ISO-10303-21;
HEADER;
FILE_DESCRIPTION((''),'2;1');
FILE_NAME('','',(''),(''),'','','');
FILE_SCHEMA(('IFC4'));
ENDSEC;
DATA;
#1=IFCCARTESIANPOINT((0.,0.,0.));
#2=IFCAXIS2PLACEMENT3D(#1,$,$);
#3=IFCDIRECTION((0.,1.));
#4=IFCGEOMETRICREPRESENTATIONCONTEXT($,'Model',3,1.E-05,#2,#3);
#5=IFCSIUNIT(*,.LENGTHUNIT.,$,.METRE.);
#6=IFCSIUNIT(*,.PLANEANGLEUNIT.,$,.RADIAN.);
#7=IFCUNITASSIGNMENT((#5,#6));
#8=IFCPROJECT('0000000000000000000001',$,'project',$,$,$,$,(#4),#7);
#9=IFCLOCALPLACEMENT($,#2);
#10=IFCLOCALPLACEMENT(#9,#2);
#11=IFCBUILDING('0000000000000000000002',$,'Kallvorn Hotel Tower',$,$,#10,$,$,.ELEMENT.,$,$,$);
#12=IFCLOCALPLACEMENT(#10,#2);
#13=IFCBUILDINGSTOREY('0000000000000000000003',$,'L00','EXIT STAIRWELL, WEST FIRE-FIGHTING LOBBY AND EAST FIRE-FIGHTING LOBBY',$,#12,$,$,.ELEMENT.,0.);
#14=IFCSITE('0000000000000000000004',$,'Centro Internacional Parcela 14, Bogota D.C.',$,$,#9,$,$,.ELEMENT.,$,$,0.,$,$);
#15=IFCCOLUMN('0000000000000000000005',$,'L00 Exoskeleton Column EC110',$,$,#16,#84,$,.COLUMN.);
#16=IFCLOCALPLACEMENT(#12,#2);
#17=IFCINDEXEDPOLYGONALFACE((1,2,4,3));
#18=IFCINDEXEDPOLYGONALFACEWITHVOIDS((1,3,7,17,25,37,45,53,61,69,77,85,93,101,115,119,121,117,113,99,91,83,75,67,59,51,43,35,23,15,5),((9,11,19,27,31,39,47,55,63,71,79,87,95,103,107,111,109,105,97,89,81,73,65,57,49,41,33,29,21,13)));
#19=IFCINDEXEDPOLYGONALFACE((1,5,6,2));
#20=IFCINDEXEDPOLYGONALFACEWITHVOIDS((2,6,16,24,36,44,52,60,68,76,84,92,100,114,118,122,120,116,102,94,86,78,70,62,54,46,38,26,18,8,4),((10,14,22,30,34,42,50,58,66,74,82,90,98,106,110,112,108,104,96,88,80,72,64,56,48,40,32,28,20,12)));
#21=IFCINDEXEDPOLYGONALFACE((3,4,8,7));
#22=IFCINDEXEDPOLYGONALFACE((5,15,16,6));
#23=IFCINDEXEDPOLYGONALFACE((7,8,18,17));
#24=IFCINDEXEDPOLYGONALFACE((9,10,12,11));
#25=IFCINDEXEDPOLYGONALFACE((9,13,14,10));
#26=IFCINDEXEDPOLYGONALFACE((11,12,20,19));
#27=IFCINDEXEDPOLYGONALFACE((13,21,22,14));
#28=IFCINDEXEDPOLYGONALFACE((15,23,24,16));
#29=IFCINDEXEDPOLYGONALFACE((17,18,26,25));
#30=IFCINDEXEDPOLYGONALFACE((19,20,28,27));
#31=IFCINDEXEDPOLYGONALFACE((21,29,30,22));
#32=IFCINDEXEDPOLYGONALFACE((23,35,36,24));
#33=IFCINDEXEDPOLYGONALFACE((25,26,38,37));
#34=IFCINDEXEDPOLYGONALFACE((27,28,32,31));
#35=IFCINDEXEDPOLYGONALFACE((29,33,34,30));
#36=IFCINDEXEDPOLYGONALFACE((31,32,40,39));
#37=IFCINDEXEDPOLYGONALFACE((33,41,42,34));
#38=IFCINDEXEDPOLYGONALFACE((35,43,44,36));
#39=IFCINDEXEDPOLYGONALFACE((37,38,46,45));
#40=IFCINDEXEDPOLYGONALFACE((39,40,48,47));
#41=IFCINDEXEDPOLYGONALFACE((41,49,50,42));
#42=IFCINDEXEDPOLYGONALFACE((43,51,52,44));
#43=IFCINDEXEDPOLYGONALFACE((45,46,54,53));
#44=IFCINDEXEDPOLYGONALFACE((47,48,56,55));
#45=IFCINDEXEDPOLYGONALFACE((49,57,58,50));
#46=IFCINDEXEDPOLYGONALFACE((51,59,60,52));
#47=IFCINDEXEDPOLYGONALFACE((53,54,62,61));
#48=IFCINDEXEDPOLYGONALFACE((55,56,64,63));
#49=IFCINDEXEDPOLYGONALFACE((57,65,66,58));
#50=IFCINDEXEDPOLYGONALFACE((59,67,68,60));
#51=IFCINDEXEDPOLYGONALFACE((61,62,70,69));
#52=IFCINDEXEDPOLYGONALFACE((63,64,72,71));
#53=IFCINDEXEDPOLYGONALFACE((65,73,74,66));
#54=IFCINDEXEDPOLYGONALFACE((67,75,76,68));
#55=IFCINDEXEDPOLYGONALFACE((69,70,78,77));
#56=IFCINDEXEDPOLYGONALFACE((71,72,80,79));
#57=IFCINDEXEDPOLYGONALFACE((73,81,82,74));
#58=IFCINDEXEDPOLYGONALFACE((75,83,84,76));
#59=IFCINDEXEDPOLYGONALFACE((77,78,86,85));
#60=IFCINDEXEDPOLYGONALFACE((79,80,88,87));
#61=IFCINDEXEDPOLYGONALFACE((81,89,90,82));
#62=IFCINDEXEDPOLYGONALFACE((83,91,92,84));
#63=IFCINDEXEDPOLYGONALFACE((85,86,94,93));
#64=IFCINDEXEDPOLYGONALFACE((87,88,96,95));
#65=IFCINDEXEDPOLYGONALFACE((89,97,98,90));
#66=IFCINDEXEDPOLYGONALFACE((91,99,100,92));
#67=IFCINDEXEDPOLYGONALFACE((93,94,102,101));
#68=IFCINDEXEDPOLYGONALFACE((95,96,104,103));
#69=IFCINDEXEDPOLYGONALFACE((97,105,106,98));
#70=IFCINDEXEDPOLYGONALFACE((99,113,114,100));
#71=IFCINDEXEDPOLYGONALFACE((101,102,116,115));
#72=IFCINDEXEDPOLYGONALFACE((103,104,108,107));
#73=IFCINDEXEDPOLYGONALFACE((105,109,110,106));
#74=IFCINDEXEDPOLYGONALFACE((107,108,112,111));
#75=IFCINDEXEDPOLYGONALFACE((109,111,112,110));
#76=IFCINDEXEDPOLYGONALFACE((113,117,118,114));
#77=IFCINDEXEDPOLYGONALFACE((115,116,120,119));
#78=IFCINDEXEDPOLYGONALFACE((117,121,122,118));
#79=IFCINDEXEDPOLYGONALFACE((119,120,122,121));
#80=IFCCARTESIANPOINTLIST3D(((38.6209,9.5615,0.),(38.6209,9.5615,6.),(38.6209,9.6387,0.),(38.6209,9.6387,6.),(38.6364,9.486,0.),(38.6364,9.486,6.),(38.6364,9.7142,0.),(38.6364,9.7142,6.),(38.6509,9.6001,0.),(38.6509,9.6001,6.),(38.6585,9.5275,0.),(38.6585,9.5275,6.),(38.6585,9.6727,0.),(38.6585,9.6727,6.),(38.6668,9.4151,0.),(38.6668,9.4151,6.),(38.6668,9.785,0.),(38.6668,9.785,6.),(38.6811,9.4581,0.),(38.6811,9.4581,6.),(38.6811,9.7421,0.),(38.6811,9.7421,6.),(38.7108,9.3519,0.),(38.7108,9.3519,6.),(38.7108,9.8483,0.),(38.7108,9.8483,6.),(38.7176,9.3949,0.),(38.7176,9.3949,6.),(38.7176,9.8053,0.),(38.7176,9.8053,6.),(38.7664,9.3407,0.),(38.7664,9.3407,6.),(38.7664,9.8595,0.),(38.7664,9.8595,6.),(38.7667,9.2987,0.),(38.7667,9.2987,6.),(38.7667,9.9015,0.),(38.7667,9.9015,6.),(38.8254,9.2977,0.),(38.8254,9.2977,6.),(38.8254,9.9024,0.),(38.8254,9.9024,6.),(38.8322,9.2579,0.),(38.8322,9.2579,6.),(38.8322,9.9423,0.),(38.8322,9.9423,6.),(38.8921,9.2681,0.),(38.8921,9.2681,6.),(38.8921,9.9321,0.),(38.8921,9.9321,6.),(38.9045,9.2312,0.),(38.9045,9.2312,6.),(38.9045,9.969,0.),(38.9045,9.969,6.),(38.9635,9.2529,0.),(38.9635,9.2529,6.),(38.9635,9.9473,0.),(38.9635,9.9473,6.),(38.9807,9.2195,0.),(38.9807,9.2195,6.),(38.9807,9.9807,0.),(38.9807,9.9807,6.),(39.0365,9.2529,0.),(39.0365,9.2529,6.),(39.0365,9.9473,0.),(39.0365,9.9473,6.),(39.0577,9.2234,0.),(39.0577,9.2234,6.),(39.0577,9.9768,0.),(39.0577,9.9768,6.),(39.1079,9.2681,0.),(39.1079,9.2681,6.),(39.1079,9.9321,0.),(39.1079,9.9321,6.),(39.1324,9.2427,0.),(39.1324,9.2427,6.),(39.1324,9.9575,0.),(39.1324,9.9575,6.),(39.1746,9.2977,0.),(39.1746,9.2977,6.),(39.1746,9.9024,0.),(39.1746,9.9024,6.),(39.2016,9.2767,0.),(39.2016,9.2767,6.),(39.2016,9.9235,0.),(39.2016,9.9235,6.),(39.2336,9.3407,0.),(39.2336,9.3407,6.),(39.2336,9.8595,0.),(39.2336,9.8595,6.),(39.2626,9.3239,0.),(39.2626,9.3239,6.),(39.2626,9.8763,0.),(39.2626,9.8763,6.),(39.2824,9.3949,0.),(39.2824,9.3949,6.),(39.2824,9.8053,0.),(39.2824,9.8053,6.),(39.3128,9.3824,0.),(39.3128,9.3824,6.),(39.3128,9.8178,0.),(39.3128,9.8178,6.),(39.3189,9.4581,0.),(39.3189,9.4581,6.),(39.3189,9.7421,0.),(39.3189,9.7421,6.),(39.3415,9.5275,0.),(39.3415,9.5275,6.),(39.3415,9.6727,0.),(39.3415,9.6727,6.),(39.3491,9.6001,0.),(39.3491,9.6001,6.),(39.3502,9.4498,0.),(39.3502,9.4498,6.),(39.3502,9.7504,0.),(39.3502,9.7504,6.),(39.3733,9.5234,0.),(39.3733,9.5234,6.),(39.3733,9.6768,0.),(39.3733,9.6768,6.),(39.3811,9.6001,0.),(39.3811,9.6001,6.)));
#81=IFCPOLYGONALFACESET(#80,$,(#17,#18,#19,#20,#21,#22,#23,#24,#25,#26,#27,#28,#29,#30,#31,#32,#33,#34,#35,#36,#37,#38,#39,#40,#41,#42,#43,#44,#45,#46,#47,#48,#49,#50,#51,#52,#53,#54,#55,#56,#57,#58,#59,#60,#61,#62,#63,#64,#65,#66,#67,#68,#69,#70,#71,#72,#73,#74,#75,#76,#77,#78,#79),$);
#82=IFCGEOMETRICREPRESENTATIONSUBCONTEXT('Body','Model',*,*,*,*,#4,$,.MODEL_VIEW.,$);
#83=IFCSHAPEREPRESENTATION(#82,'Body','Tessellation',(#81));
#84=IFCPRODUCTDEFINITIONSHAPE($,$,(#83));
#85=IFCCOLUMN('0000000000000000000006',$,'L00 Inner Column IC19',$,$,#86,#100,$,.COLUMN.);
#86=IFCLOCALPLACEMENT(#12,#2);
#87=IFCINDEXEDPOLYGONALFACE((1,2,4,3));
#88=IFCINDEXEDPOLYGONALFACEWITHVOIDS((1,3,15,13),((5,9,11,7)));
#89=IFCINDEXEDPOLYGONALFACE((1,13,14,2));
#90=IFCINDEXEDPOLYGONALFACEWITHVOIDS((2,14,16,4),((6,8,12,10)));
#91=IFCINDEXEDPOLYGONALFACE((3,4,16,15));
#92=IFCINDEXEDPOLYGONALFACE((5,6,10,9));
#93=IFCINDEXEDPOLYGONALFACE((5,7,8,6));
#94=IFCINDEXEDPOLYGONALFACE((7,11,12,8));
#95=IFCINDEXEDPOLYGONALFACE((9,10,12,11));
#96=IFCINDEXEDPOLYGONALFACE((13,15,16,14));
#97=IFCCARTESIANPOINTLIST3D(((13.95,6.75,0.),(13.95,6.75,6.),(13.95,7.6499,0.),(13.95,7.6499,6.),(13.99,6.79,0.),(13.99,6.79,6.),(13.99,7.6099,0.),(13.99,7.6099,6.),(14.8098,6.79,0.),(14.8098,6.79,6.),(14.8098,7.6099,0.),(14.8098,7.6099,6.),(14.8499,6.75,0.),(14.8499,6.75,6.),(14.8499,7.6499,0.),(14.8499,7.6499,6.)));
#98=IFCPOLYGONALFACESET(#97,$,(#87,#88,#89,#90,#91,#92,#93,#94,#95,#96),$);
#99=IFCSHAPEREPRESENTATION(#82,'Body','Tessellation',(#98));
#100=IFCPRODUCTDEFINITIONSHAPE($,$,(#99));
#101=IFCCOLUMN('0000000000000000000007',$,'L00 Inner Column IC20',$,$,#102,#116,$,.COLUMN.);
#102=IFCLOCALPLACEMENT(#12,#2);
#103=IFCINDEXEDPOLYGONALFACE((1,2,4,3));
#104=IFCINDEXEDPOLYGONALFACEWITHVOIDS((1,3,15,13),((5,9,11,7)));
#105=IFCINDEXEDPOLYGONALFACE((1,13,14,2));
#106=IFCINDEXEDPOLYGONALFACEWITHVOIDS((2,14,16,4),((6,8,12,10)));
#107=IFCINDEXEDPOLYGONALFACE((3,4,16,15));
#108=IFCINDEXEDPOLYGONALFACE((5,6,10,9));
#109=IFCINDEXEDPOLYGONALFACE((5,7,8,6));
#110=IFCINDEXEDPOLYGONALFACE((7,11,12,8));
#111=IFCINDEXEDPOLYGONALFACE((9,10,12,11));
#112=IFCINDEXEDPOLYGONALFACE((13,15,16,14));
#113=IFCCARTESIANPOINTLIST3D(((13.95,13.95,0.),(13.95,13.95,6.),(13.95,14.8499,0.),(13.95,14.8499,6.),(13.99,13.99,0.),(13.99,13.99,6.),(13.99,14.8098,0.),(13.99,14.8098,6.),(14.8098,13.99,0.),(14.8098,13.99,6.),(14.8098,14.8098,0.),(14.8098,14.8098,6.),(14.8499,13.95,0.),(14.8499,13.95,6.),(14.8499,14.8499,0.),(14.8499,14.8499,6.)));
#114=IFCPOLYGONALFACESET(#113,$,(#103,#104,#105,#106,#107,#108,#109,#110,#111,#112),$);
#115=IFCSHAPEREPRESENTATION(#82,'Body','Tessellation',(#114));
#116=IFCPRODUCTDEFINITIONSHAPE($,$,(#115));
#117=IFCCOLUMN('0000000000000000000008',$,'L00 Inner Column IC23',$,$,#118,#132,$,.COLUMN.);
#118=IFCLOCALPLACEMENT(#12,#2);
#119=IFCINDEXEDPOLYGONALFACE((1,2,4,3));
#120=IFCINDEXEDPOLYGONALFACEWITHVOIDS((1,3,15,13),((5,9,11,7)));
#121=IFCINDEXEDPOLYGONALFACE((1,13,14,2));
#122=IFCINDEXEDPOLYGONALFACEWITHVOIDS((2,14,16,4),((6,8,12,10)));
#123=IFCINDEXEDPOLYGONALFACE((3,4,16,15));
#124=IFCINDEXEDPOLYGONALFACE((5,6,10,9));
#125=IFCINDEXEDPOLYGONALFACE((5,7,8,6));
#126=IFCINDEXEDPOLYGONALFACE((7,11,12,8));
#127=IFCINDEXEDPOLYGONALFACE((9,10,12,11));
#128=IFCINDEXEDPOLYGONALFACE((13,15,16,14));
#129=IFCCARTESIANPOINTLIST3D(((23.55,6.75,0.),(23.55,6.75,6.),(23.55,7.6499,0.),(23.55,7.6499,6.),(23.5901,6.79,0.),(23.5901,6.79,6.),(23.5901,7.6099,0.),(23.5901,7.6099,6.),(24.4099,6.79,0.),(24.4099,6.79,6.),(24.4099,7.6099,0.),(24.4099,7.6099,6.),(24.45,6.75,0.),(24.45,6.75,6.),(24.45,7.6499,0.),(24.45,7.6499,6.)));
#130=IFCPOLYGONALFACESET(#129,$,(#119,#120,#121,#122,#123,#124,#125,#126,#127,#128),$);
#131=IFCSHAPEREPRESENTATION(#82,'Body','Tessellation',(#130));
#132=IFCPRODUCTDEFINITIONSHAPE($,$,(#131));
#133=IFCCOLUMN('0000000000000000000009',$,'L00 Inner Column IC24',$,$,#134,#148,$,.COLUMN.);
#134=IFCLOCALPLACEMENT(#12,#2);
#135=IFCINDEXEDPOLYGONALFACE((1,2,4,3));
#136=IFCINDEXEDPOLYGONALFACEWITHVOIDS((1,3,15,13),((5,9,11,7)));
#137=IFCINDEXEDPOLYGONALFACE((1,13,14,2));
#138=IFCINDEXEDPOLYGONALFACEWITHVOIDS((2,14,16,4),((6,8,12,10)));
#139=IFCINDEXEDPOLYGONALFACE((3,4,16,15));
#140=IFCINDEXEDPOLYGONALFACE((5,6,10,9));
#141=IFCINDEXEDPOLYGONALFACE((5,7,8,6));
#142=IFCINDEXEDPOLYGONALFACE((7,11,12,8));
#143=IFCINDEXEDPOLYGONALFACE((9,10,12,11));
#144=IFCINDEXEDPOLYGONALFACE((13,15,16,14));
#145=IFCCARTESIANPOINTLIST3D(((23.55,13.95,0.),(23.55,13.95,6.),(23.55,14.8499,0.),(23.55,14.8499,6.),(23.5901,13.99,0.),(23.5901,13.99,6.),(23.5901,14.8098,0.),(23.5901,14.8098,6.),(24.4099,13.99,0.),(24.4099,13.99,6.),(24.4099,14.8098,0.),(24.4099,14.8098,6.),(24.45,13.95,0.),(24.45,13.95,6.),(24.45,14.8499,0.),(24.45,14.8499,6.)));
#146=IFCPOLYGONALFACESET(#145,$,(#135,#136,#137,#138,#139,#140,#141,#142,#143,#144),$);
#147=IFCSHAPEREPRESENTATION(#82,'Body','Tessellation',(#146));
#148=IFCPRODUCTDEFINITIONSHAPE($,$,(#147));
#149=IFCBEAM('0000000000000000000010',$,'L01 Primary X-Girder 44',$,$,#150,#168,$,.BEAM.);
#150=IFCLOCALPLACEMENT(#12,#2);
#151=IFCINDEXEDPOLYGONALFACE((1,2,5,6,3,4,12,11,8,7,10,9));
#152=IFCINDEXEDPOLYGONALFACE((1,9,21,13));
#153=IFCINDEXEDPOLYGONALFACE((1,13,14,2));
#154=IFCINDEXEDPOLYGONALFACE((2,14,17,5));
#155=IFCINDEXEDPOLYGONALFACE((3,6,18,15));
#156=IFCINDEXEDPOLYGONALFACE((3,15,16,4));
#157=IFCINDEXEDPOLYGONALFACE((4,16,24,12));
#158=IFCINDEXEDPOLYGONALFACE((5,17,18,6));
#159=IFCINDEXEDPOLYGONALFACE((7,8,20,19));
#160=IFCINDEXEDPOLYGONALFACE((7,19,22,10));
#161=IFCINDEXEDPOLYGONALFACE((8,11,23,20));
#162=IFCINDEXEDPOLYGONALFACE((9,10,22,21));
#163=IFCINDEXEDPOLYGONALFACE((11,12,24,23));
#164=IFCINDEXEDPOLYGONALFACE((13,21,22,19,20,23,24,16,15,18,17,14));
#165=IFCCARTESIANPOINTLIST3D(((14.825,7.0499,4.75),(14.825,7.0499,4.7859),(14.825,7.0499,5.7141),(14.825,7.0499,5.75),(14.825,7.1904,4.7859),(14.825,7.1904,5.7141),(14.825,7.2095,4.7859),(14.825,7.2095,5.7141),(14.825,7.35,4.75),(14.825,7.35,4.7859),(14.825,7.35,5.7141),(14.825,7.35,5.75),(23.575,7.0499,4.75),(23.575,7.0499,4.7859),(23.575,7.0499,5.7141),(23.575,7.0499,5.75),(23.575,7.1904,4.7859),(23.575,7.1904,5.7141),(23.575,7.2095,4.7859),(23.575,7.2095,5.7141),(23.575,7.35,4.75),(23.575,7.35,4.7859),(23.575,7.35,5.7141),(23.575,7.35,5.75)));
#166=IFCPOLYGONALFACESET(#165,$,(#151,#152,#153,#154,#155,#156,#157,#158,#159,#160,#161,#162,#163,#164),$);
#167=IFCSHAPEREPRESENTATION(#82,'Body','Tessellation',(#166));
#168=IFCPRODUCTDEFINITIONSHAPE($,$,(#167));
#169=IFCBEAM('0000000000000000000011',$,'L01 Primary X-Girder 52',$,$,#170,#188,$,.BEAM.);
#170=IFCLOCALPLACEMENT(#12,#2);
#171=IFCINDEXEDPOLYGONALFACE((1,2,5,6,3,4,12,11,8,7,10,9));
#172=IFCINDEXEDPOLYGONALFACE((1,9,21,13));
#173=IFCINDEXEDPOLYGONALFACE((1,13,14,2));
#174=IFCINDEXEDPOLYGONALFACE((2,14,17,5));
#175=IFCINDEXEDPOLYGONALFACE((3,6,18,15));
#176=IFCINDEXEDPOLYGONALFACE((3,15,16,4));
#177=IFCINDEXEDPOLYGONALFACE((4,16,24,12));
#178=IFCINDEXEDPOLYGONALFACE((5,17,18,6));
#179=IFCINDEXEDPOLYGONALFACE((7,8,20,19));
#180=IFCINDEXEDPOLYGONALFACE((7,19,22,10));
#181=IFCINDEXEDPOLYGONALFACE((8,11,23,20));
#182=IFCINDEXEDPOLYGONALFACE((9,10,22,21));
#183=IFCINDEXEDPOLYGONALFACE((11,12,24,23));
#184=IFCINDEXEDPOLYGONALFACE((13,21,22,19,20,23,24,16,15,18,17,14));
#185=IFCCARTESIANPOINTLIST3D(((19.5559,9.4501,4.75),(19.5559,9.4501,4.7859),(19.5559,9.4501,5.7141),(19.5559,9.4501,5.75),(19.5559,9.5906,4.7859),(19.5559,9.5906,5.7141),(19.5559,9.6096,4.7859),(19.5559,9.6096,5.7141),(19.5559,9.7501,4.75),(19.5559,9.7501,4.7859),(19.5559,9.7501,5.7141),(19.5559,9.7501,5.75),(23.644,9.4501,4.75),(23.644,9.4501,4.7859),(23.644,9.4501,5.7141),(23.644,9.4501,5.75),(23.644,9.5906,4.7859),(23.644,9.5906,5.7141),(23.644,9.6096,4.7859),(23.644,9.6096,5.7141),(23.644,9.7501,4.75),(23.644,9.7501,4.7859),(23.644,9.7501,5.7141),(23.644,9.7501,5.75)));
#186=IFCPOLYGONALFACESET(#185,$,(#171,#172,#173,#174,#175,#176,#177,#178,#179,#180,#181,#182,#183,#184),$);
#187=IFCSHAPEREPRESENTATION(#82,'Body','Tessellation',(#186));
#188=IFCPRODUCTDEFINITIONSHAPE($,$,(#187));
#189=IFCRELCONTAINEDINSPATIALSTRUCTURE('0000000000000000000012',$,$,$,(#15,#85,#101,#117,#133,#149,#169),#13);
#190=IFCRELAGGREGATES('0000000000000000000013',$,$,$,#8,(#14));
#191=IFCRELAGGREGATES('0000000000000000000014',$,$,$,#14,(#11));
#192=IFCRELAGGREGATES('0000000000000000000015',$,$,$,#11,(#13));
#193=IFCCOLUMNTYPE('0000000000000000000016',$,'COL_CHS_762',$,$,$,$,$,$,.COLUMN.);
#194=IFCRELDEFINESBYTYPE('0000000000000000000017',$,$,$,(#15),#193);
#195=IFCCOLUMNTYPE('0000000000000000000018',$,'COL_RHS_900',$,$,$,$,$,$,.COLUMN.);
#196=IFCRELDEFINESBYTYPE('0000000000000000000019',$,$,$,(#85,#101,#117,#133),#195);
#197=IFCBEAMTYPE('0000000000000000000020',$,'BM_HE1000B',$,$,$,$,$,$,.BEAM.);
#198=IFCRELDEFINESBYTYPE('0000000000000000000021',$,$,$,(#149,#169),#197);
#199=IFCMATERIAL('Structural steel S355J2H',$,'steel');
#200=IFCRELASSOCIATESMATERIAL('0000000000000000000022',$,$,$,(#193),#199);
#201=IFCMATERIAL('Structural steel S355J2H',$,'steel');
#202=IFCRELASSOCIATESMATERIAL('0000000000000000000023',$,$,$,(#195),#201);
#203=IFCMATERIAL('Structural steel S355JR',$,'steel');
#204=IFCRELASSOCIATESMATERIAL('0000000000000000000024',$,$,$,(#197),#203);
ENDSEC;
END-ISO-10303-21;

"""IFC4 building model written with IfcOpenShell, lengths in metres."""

from ifc_helpers import new_model, si_unit, direction, frame, origin, origin_2d, place, context, subcontext, project, spatial, hollow_rectangle, hollow_circle, i_section, extrude, material, material_profile, profile_set, type_object, element, save


model = new_model("IFC4")

# Units and contexts
model_context = context("Model", 3, precision=1e-05, world=origin(), true_north=direction((0.0, 1.0)))
body_context = subcontext(model_context, "Body", "Model", "MODEL_VIEW")
ifc_project = project(units=[si_unit("LENGTHUNIT", "METRE"), si_unit("PLANEANGLEUNIT", "RADIAN")], contexts=[model_context])

# Site, building, storey
site_placement = place(None, origin())
site = spatial("IfcSite", under=ifc_project, at=site_placement, Name="Centro Internacional Parcela 14, Bogota D.C.", CompositionType="ELEMENT", RefElevation=0.0)
building_placement = place(site_placement, origin())
building = spatial("IfcBuilding", under=site, at=building_placement, Name="Kallvorn Hotel Tower", CompositionType="ELEMENT")
storey_placement = place(building_placement, origin())
storey = spatial("IfcBuildingStorey", under=building, at=storey_placement, Name="L00", Description="EXIT STAIRWELL, WEST FIRE-FIGHTING LOBBY AND EAST FIRE-FIGHTING LOBBY", CompositionType="ELEMENT", Elevation=0.0)

# Columns
ifc_material_1 = material(Name="Structural steel S355J2H", Category="steel")
ifc_material_profile_1 = material_profile(ifc_material_1, hollow_circle(Radius=0.3811, WallThickness=0.032, at=origin_2d()), Name="CHS 762x32")
ifc_profile_set_1 = profile_set([ifc_material_profile_1], Name="Structural steel S355J2H")
column_type_1 = type_object("IfcColumnType", Name="COL_CHS_762", PredefinedType="COLUMN", material=ifc_profile_set_1)
for number, where, z_axis, x_axis, name in (
    (1, (39.0, 9.6001, 0.0), (0.0, 0.0, 1.0), (1.0, 0.0, 0.0), "L00 Exoskeleton Column EC110"),
):
    element("IfcColumn", number, at=place(storey_placement, frame(where, z_axis=z_axis, x_axis=x_axis)), inside=storey, type_object=column_type_1, Name=name, PredefinedType="COLUMN", context=body_context, shape_type="SweptSolid", body=[
        extrude(hollow_circle(Radius=0.3811, WallThickness=0.032, at=origin_2d()), origin(), (0.0, 0.0, 1.0), 6.0),
    ])
ifc_material_2 = material(Name="Structural steel S355J2H", Category="steel")
ifc_material_profile_2 = material_profile(ifc_material_2, hollow_rectangle(XDim=0.8999, YDim=0.8999, WallThickness=0.04, at=origin_2d()), Name="RHS 900x900x40")
ifc_profile_set_2 = profile_set([ifc_material_profile_2], Name="Structural steel S355J2H")
column_type_2 = type_object("IfcColumnType", Name="COL_RHS_900", PredefinedType="COLUMN", material=ifc_profile_set_2)
for number, where, z_axis, x_axis, name in (
    (2, (14.3999, 7.2, 0.0), (0.0, 0.0, 1.0), (1.0, 0.0, 0.0), "L00 Inner Column IC19"),
    (3, (14.3999, 14.3999, 0.0), (0.0, 0.0, 1.0), (1.0, 0.0, 0.0), "L00 Inner Column IC20"),
    (4, (24.0, 7.2, 0.0), (0.0, 0.0, 1.0), (1.0, 0.0, 0.0), "L00 Inner Column IC23"),
    (5, (24.0, 14.3999, 0.0), (0.0, 0.0, 1.0), (1.0, 0.0, 0.0), "L00 Inner Column IC24"),
):
    element("IfcColumn", number, at=place(storey_placement, frame(where, z_axis=z_axis, x_axis=x_axis)), inside=storey, type_object=column_type_2, Name=name, PredefinedType="COLUMN", context=body_context, shape_type="SweptSolid", body=[
        extrude(hollow_rectangle(XDim=0.8999, YDim=0.8999, WallThickness=0.04, at=origin_2d()), origin(), (0.0, 0.0, 1.0), 6.0),
    ])

# Beams
ifc_material_3 = material(Name="Structural steel S355JR", Category="steel")
ifc_material_profile_3 = material_profile(ifc_material_3, i_section(OverallWidth=0.3, OverallDepth=1.0, WebThickness=0.019, FlangeThickness=0.0359, at=origin_2d()), Name="HE 1000 B")
ifc_profile_set_3 = profile_set([ifc_material_profile_3], Name="Structural steel S355JR")
beam_type_1 = type_object("IfcBeamType", Name="BM_HE1000B", PredefinedType="BEAM", material=ifc_profile_set_3)
beam_1_placement = place(storey_placement, frame((14.825, 7.2, 5.25), z_axis=(1.0, 0.0, 0.0), x_axis=(0.0, 1.0, 0.0)))
element("IfcBeam", 6, at=beam_1_placement, inside=storey, type_object=beam_type_1, Name="L01 Primary X-Girder 44", PredefinedType="BEAM", context=body_context, shape_type="SweptSolid", body=[
    extrude(i_section(OverallWidth=0.3, OverallDepth=1.0, WebThickness=0.019, FlangeThickness=0.0359, at=origin_2d()), origin(), (0.0, 0.0, 1.0), 8.75),
])
for number, where, z_axis, x_axis, name in (
    (7, (19.5559, 9.6001, 5.25), (1.0, 0.0, 0.0), (0.0, 1.0, 0.0), "L01 Primary X-Girder 52"),
):
    element("IfcBeam", number, at=place(storey_placement, frame(where, z_axis=z_axis, x_axis=x_axis)), inside=storey, type_object=beam_type_1, Name=name, PredefinedType="BEAM", context=body_context, shape_type="SweptSolid", body=[
        extrude(i_section(OverallWidth=0.3, OverallDepth=1.0, WebThickness=0.019, FlangeThickness=0.0359, at=origin_2d()), origin(), (0.0, 0.0, 1.0), 4.0881),
    ])

save(model, "model.ifc")
